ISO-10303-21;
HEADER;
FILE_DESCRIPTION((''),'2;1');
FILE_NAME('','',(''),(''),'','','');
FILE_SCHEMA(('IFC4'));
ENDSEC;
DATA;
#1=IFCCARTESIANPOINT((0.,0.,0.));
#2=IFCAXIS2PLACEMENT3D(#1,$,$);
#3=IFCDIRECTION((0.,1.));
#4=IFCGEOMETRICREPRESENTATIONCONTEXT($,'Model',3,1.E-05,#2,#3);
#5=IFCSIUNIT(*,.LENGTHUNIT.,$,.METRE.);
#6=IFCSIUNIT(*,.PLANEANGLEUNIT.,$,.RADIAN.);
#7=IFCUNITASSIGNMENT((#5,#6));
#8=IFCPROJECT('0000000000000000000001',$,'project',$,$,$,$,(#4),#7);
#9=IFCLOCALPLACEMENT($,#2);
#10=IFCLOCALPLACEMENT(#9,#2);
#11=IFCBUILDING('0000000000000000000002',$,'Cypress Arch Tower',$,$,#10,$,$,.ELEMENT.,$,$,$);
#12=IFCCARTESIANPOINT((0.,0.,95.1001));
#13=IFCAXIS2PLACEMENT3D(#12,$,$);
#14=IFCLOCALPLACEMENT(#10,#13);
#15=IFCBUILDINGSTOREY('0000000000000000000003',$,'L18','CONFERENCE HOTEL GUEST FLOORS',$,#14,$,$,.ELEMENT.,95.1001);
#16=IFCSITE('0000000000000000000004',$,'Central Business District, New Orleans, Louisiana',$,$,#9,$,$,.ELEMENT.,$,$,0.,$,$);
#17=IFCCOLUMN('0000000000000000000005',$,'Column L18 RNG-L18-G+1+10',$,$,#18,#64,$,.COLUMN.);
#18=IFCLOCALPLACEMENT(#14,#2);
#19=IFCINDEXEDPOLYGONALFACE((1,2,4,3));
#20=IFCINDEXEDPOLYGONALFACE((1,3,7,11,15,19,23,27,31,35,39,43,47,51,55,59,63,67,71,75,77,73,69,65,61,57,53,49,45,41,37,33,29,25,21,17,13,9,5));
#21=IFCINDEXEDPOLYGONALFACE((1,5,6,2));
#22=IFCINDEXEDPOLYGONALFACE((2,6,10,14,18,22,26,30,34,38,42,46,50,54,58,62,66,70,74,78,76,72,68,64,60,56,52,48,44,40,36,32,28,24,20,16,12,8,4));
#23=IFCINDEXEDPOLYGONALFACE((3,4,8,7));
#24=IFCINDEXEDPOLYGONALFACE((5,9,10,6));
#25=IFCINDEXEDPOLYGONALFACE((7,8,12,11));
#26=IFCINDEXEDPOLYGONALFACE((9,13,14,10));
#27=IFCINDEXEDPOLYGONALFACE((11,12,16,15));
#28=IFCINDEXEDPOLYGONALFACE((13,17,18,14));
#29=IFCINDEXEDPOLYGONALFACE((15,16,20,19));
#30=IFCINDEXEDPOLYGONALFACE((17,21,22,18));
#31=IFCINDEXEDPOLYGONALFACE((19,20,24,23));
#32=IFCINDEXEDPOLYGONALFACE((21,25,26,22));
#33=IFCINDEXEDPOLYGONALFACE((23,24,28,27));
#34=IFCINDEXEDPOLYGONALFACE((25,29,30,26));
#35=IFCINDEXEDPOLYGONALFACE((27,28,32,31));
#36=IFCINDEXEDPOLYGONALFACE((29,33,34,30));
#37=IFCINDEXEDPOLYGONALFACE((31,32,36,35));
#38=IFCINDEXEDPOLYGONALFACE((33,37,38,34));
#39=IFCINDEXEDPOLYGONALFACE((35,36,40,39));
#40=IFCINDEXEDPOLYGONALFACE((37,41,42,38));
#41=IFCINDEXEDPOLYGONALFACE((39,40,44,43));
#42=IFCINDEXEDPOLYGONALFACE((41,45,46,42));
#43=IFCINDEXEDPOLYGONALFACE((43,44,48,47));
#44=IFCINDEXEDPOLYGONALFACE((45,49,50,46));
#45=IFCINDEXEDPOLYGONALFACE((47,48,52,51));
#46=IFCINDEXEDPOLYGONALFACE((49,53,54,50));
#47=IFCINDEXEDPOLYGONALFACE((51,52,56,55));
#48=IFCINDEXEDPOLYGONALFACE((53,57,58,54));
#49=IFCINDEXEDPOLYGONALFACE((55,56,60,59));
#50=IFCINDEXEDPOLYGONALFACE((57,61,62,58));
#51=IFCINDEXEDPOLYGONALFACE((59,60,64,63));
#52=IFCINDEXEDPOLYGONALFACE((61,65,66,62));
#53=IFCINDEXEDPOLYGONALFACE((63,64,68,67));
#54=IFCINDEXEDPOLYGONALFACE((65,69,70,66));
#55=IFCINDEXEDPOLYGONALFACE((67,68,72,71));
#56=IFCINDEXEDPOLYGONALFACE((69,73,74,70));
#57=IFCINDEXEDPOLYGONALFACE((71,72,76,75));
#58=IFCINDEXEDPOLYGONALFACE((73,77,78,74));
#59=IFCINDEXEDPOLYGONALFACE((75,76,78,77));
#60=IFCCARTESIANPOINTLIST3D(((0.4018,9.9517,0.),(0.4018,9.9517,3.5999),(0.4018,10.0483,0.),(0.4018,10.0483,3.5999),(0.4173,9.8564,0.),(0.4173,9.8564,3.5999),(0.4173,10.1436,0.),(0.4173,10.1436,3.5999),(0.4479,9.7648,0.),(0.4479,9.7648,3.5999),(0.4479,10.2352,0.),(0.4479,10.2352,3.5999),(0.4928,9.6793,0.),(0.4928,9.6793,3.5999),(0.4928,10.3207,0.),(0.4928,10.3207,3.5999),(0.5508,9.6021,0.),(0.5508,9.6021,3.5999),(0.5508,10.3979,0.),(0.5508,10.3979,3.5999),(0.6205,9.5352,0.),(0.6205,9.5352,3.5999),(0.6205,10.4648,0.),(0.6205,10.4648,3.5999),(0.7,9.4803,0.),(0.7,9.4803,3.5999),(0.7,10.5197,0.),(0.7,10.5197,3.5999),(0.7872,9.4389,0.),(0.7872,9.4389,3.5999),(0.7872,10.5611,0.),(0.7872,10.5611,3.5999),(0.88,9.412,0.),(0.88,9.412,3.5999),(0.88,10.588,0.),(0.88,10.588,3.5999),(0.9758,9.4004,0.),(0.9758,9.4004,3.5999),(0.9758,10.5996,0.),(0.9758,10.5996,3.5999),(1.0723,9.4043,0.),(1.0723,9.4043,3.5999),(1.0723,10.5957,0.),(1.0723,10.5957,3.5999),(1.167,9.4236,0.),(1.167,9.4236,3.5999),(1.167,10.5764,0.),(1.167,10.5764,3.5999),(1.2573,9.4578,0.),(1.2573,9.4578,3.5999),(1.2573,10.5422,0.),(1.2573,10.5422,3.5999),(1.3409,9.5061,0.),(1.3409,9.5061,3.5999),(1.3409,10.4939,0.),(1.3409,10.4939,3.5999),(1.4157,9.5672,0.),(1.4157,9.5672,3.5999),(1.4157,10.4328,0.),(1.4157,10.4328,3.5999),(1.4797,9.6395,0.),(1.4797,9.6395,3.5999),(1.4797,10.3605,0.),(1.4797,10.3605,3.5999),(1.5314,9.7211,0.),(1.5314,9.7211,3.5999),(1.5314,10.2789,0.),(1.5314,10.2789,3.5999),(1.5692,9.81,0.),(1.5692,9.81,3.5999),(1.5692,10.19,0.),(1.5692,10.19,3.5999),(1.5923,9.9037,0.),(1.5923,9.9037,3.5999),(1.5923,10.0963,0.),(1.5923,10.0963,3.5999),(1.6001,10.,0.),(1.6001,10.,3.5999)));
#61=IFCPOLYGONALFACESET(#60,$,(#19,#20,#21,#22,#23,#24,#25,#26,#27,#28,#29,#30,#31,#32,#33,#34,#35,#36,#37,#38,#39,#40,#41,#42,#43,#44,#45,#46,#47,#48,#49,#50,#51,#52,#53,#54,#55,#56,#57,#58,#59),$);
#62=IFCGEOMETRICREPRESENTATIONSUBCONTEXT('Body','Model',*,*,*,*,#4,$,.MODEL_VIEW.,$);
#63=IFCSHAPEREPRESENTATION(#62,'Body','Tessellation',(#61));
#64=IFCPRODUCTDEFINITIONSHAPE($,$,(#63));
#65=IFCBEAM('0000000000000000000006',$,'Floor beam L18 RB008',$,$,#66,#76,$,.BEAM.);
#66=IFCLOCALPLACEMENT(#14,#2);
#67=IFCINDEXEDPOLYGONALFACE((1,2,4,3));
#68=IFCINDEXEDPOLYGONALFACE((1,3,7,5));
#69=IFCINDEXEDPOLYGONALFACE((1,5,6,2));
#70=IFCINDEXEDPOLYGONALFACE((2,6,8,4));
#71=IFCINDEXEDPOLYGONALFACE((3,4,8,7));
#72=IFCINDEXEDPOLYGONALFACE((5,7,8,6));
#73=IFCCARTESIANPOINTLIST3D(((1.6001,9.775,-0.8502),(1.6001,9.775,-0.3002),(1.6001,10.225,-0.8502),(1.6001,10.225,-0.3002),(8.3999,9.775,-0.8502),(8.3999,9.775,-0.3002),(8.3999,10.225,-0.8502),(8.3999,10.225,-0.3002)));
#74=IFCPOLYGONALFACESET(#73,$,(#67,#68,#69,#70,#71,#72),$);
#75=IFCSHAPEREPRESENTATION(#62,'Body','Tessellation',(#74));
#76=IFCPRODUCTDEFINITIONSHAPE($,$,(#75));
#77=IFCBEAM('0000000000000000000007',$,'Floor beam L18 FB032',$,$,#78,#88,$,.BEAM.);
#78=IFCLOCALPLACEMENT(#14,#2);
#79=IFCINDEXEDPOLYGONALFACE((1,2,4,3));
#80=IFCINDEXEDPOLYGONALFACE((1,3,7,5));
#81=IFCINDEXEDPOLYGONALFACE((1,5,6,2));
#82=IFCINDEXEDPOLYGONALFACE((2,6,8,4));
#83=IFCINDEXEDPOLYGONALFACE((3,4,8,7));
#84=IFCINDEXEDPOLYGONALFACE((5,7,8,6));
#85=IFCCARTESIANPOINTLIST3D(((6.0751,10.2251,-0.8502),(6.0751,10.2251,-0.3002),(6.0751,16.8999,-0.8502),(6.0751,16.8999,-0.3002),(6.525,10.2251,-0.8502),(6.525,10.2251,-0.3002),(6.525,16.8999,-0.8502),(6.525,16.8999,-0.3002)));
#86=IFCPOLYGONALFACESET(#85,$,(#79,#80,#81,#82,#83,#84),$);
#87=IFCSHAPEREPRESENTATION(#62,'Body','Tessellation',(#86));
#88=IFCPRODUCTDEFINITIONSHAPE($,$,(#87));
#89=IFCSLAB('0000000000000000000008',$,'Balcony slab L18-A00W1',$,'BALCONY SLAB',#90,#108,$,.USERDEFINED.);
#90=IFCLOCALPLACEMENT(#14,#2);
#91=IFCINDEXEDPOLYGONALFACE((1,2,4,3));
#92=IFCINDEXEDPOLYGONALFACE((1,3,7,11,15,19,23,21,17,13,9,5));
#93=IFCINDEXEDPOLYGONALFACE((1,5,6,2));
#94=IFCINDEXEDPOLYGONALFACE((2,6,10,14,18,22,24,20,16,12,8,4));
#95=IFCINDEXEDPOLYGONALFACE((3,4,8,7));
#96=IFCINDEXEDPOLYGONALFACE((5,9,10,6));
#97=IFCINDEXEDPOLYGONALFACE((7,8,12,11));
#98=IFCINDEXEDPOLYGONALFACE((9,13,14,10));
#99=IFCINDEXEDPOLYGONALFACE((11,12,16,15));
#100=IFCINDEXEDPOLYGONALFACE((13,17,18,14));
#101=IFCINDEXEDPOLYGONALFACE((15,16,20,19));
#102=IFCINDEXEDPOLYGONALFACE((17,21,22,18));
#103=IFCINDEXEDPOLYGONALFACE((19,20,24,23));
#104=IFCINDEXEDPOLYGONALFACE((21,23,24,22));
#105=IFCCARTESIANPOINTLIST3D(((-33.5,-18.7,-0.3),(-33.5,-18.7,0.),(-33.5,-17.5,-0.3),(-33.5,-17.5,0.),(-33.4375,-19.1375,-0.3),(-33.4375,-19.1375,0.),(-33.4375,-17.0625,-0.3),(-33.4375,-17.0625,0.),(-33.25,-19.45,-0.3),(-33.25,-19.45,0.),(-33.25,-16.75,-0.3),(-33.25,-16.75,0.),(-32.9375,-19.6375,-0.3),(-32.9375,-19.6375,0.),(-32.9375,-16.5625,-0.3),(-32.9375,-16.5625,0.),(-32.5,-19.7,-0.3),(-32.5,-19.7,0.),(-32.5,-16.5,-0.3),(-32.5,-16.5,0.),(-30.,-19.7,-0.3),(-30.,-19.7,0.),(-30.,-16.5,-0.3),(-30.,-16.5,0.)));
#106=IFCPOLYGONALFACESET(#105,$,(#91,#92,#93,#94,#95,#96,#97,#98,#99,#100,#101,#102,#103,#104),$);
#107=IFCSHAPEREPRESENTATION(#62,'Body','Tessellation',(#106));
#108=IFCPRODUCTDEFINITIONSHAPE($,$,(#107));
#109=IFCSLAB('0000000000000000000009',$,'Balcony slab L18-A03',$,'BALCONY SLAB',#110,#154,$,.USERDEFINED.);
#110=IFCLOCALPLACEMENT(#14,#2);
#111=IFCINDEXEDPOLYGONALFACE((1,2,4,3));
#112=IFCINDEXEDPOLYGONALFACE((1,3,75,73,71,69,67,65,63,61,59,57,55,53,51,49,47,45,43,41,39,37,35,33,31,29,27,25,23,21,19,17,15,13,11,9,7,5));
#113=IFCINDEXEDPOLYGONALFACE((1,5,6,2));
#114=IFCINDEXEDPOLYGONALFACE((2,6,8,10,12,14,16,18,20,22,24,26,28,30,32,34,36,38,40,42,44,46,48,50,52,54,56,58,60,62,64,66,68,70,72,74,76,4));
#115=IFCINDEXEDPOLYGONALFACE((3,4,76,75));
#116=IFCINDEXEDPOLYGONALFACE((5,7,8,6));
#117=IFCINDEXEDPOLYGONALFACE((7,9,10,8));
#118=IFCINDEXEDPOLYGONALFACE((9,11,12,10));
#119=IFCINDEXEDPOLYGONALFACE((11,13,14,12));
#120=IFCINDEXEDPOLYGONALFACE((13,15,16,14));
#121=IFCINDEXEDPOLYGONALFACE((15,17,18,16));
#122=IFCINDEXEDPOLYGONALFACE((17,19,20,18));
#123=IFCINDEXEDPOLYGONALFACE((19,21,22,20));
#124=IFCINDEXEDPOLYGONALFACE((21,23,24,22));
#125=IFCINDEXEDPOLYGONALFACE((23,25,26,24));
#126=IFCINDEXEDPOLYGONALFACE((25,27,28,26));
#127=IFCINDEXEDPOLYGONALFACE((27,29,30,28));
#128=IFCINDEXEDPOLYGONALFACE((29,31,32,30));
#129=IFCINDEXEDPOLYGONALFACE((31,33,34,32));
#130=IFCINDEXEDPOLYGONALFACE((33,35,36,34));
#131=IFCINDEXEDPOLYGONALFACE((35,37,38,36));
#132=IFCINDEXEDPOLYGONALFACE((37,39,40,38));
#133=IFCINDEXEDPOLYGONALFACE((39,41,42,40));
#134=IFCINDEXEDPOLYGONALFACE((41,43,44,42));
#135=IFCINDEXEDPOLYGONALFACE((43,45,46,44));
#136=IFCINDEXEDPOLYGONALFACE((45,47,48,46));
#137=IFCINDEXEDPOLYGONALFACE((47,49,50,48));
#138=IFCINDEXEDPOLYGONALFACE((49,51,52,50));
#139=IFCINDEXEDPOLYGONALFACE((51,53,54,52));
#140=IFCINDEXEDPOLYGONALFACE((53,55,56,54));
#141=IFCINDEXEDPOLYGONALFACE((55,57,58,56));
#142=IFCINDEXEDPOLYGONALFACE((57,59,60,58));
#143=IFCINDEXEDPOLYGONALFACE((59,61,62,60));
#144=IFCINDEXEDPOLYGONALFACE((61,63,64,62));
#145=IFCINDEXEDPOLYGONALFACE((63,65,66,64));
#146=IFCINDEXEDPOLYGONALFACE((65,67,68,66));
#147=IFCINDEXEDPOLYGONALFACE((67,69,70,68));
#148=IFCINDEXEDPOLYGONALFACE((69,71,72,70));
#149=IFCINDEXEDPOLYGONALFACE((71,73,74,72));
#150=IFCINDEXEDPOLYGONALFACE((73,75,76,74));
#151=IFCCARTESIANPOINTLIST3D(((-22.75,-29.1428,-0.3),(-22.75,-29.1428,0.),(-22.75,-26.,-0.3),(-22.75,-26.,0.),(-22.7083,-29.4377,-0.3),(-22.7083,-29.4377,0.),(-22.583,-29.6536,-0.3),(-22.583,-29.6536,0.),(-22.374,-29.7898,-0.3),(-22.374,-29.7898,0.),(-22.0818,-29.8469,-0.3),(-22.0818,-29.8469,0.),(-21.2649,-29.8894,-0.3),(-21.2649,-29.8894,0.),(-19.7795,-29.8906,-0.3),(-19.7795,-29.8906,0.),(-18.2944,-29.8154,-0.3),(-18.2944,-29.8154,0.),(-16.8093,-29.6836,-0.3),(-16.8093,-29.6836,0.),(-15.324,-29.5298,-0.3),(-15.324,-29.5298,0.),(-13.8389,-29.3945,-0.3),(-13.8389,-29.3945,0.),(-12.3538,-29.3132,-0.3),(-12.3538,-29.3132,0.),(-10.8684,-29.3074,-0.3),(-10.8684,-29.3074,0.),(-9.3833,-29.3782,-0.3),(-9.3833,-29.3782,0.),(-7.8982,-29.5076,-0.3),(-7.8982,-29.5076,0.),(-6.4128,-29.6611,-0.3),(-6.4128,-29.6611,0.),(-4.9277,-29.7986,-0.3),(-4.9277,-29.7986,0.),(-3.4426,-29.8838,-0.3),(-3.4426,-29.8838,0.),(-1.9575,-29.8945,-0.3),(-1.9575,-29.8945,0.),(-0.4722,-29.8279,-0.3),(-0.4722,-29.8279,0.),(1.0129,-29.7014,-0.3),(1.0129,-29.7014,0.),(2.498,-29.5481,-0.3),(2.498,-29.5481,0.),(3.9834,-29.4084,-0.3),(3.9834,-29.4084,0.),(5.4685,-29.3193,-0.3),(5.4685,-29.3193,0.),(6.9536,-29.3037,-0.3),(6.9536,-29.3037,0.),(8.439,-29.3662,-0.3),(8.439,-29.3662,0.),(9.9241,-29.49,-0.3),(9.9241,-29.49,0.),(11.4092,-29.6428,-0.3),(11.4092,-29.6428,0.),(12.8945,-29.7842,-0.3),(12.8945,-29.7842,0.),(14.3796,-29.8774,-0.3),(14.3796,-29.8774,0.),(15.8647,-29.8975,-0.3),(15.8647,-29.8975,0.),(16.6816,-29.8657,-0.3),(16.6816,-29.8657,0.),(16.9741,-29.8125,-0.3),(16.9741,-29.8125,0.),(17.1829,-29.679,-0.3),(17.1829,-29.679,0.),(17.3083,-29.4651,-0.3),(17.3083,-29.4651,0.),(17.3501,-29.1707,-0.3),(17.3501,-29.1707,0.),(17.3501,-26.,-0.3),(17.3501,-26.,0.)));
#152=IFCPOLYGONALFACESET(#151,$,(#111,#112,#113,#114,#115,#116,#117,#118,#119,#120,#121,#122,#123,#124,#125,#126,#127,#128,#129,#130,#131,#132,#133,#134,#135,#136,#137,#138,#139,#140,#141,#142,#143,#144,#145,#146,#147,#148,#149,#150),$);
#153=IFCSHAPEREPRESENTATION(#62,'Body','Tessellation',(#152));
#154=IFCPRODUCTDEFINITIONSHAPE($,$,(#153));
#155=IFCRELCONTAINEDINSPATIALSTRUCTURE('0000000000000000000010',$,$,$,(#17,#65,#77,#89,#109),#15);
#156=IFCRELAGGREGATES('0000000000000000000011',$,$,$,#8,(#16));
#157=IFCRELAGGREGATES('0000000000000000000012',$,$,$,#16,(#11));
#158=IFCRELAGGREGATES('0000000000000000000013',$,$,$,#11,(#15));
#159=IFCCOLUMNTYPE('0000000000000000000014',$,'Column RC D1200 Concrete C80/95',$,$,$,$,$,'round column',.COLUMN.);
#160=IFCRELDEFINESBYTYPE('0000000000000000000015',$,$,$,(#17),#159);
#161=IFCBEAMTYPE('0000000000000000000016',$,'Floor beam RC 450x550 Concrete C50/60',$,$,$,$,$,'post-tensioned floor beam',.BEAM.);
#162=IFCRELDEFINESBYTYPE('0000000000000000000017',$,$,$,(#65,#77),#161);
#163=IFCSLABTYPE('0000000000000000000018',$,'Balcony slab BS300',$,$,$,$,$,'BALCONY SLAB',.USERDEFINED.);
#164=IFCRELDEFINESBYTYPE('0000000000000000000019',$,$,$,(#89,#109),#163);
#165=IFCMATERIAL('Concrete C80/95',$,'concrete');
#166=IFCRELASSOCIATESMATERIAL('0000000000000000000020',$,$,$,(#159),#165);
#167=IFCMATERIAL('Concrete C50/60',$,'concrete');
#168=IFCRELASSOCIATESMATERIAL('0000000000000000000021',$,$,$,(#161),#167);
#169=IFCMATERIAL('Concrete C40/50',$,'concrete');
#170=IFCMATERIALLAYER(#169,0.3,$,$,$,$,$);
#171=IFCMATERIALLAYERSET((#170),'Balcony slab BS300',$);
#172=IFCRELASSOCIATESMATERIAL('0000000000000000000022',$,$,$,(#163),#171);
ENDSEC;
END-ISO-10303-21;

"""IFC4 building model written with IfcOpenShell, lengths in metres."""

from ifc_helpers import new_model, si_unit, direction, frame, origin, origin_2d, place, context, subcontext, project, spatial, polyline, rectangle, circle, outline, extrude, material, layer, layer_set, material_profile, profile_set, type_object, element, save


model = new_model("IFC4")

# Units and contexts
model_context = context("Model", 3, precision=1e-05, world=origin(), true_north=direction((0.0, 1.0)))
body_context = subcontext(model_context, "Body", "Model", "MODEL_VIEW")
ifc_project = project(units=[si_unit("LENGTHUNIT", "METRE"), si_unit("PLANEANGLEUNIT", "RADIAN")], contexts=[model_context])

# Site, building, storey
site_placement = place(None, origin())
site = spatial("IfcSite", under=ifc_project, at=site_placement, Name="Central Business District, New Orleans, Louisiana", CompositionType="ELEMENT", RefElevation=0.0)
building_placement = place(site_placement, origin())
building = spatial("IfcBuilding", under=site, at=building_placement, Name="Cypress Arch Tower", CompositionType="ELEMENT")
storey_placement = place(building_placement, frame((0.0, 0.0, 95.1001)))
storey = spatial("IfcBuildingStorey", under=building, at=storey_placement, Name="L18", Description="CONFERENCE HOTEL GUEST FLOORS", CompositionType="ELEMENT", Elevation=95.1001)

# Column
ifc_material_1 = material(Name="Concrete C80/95", Category="concrete")
ifc_material_profile_1 = material_profile(ifc_material_1, circle(Radius=0.6001, at=origin_2d()), Name="RC D1200")
ifc_profile_set_1 = profile_set([ifc_material_profile_1], Name="Concrete C80/95")
column_type = type_object("IfcColumnType", Name="Column RC D1200 Concrete C80/95", ElementType="round column", PredefinedType="COLUMN", material=ifc_profile_set_1)
column_placement = place(storey_placement, frame((1.0, 10.0, 0.0), z_axis=(0.0, 0.0, 1.0), x_axis=(1.0, 0.0, 0.0)))
element("IfcColumn", 1, at=column_placement, inside=storey, type_object=column_type, Name="Column L18 RNG-L18-G+1+10", PredefinedType="COLUMN", context=body_context, shape_type="SweptSolid", body=[
    extrude(circle(Radius=0.6001, at=origin_2d()), origin(), (0.0, 0.0, 1.0), 3.5999),
])

# Beams
ifc_material_2 = material(Name="Concrete C50/60", Category="concrete")
ifc_material_profile_2 = material_profile(ifc_material_2, rectangle(XDim=0.45, YDim=0.55, at=origin_2d()), Name="RC 450x550")
ifc_profile_set_2 = profile_set([ifc_material_profile_2], Name="Concrete C50/60")
beam_type = type_object("IfcBeamType", Name="Floor beam RC 450x550 Concrete C50/60", ElementType="post-tensioned floor beam", PredefinedType="BEAM", material=ifc_profile_set_2)
beam_1_placement = place(storey_placement, frame((1.6001, 10.0, -0.5752), z_axis=(1.0, 0.0, 0.0), x_axis=(0.0, 1.0, 0.0)))
element("IfcBeam", 2, at=beam_1_placement, inside=storey, type_object=beam_type, Name="Floor beam L18 RB008", PredefinedType="BEAM", context=body_context, shape_type="SweptSolid", body=[
    extrude(rectangle(XDim=0.45, YDim=0.55, at=origin_2d()), origin(), (0.0, 0.0, 1.0), 6.7998),
])
beam_2_placement = place(storey_placement, frame((6.3, 10.2251, -0.5752), z_axis=(0.0, 1.0, 0.0), x_axis=(-1.0, 0.0, 0.0)))
element("IfcBeam", 3, at=beam_2_placement, inside=storey, type_object=beam_type, Name="Floor beam L18 FB032", PredefinedType="BEAM", context=body_context, shape_type="SweptSolid", body=[
    extrude(rectangle(XDim=0.45, YDim=0.55, at=origin_2d()), origin(), (0.0, 0.0, 1.0), 6.6748),
])

# Slabs
ifc_material_3 = material(Name="Concrete C40/50", Category="concrete")
ifc_layer_1 = layer(ifc_material_3, 0.3)
ifc_layer_set_1 = layer_set([ifc_layer_1], Name="Balcony slab BS300")
slab_type_1 = type_object("IfcSlabType", Name="Balcony slab BS300", ElementType="BALCONY SLAB", PredefinedType="USERDEFINED", material=ifc_layer_set_1)
slab_1_placement = place(storey_placement, frame((0.0, 0.0, -0.3)))
element("IfcSlab", 4, at=slab_1_placement, inside=storey, type_object=slab_type_1, Name="Balcony slab L18-A00W1", ObjectType="BALCONY SLAB", PredefinedType="USERDEFINED", context=body_context, shape_type="SweptSolid", body=[
    extrude(outline(polyline([(-30.0, -16.5), (-32.5, -16.5), (-32.9375, -16.5625), (-33.25, -16.75), (-33.4375, -17.0625), (-33.5, -17.5), (-33.5, -18.7), (-33.4375, -19.1375), (-33.25, -19.45), (-32.9375, -19.6375), (-32.5, -19.7), (-30.0, -19.7), (-30.0, -16.5)])), origin(), (0.0, 0.0, 1.0), 0.3),
])
slab_2_placement = place(storey_placement, frame((0.0, 0.0, -0.3)))
element("IfcSlab", 5, at=slab_2_placement, inside=storey, type_object=slab_type_1, Name="Balcony slab L18-A03", ObjectType="BALCONY SLAB", PredefinedType="USERDEFINED", context=body_context, shape_type="SweptSolid", body=[
    extrude(outline(polyline([(-22.75, -26.0), (-22.75, -29.1428), (-22.7083, -29.4377), (-22.583, -29.6536), (-22.374, -29.7898), (-22.0818, -29.8469), (-21.2649, -29.8894), (-19.7795, -29.8906), (-18.2944, -29.8154), (-16.8093, -29.6836), (-15.324, -29.5298), (-13.8389, -29.3945), (-12.3538, -29.3132), (-10.8684, -29.3074), (-9.3833, -29.3782), (-7.8982, -29.5076), (-6.4128, -29.6611), (-4.9277, -29.7986), (-3.4426, -29.8838), (-1.9575, -29.8945), (-0.4722, -29.8279), (1.0129, -29.7014), (2.498, -29.5481), (3.9834, -29.4084), (5.4685, -29.3193), (6.9536, -29.3037), (8.439, -29.3662), (9.9241, -29.49), (11.4092, -29.6428), (12.8945, -29.7842), (14.3796, -29.8774), (15.8647, -29.8975), (16.6816, -29.8657), (16.9741, -29.8125), (17.1829, -29.679), (17.3083, -29.4651), (17.3501, -29.1707), (17.3501, -26.0), (-22.75, -26.0)])), origin(), (0.0, 0.0, 1.0), 0.3),
])

save(model, "model.ifc")
